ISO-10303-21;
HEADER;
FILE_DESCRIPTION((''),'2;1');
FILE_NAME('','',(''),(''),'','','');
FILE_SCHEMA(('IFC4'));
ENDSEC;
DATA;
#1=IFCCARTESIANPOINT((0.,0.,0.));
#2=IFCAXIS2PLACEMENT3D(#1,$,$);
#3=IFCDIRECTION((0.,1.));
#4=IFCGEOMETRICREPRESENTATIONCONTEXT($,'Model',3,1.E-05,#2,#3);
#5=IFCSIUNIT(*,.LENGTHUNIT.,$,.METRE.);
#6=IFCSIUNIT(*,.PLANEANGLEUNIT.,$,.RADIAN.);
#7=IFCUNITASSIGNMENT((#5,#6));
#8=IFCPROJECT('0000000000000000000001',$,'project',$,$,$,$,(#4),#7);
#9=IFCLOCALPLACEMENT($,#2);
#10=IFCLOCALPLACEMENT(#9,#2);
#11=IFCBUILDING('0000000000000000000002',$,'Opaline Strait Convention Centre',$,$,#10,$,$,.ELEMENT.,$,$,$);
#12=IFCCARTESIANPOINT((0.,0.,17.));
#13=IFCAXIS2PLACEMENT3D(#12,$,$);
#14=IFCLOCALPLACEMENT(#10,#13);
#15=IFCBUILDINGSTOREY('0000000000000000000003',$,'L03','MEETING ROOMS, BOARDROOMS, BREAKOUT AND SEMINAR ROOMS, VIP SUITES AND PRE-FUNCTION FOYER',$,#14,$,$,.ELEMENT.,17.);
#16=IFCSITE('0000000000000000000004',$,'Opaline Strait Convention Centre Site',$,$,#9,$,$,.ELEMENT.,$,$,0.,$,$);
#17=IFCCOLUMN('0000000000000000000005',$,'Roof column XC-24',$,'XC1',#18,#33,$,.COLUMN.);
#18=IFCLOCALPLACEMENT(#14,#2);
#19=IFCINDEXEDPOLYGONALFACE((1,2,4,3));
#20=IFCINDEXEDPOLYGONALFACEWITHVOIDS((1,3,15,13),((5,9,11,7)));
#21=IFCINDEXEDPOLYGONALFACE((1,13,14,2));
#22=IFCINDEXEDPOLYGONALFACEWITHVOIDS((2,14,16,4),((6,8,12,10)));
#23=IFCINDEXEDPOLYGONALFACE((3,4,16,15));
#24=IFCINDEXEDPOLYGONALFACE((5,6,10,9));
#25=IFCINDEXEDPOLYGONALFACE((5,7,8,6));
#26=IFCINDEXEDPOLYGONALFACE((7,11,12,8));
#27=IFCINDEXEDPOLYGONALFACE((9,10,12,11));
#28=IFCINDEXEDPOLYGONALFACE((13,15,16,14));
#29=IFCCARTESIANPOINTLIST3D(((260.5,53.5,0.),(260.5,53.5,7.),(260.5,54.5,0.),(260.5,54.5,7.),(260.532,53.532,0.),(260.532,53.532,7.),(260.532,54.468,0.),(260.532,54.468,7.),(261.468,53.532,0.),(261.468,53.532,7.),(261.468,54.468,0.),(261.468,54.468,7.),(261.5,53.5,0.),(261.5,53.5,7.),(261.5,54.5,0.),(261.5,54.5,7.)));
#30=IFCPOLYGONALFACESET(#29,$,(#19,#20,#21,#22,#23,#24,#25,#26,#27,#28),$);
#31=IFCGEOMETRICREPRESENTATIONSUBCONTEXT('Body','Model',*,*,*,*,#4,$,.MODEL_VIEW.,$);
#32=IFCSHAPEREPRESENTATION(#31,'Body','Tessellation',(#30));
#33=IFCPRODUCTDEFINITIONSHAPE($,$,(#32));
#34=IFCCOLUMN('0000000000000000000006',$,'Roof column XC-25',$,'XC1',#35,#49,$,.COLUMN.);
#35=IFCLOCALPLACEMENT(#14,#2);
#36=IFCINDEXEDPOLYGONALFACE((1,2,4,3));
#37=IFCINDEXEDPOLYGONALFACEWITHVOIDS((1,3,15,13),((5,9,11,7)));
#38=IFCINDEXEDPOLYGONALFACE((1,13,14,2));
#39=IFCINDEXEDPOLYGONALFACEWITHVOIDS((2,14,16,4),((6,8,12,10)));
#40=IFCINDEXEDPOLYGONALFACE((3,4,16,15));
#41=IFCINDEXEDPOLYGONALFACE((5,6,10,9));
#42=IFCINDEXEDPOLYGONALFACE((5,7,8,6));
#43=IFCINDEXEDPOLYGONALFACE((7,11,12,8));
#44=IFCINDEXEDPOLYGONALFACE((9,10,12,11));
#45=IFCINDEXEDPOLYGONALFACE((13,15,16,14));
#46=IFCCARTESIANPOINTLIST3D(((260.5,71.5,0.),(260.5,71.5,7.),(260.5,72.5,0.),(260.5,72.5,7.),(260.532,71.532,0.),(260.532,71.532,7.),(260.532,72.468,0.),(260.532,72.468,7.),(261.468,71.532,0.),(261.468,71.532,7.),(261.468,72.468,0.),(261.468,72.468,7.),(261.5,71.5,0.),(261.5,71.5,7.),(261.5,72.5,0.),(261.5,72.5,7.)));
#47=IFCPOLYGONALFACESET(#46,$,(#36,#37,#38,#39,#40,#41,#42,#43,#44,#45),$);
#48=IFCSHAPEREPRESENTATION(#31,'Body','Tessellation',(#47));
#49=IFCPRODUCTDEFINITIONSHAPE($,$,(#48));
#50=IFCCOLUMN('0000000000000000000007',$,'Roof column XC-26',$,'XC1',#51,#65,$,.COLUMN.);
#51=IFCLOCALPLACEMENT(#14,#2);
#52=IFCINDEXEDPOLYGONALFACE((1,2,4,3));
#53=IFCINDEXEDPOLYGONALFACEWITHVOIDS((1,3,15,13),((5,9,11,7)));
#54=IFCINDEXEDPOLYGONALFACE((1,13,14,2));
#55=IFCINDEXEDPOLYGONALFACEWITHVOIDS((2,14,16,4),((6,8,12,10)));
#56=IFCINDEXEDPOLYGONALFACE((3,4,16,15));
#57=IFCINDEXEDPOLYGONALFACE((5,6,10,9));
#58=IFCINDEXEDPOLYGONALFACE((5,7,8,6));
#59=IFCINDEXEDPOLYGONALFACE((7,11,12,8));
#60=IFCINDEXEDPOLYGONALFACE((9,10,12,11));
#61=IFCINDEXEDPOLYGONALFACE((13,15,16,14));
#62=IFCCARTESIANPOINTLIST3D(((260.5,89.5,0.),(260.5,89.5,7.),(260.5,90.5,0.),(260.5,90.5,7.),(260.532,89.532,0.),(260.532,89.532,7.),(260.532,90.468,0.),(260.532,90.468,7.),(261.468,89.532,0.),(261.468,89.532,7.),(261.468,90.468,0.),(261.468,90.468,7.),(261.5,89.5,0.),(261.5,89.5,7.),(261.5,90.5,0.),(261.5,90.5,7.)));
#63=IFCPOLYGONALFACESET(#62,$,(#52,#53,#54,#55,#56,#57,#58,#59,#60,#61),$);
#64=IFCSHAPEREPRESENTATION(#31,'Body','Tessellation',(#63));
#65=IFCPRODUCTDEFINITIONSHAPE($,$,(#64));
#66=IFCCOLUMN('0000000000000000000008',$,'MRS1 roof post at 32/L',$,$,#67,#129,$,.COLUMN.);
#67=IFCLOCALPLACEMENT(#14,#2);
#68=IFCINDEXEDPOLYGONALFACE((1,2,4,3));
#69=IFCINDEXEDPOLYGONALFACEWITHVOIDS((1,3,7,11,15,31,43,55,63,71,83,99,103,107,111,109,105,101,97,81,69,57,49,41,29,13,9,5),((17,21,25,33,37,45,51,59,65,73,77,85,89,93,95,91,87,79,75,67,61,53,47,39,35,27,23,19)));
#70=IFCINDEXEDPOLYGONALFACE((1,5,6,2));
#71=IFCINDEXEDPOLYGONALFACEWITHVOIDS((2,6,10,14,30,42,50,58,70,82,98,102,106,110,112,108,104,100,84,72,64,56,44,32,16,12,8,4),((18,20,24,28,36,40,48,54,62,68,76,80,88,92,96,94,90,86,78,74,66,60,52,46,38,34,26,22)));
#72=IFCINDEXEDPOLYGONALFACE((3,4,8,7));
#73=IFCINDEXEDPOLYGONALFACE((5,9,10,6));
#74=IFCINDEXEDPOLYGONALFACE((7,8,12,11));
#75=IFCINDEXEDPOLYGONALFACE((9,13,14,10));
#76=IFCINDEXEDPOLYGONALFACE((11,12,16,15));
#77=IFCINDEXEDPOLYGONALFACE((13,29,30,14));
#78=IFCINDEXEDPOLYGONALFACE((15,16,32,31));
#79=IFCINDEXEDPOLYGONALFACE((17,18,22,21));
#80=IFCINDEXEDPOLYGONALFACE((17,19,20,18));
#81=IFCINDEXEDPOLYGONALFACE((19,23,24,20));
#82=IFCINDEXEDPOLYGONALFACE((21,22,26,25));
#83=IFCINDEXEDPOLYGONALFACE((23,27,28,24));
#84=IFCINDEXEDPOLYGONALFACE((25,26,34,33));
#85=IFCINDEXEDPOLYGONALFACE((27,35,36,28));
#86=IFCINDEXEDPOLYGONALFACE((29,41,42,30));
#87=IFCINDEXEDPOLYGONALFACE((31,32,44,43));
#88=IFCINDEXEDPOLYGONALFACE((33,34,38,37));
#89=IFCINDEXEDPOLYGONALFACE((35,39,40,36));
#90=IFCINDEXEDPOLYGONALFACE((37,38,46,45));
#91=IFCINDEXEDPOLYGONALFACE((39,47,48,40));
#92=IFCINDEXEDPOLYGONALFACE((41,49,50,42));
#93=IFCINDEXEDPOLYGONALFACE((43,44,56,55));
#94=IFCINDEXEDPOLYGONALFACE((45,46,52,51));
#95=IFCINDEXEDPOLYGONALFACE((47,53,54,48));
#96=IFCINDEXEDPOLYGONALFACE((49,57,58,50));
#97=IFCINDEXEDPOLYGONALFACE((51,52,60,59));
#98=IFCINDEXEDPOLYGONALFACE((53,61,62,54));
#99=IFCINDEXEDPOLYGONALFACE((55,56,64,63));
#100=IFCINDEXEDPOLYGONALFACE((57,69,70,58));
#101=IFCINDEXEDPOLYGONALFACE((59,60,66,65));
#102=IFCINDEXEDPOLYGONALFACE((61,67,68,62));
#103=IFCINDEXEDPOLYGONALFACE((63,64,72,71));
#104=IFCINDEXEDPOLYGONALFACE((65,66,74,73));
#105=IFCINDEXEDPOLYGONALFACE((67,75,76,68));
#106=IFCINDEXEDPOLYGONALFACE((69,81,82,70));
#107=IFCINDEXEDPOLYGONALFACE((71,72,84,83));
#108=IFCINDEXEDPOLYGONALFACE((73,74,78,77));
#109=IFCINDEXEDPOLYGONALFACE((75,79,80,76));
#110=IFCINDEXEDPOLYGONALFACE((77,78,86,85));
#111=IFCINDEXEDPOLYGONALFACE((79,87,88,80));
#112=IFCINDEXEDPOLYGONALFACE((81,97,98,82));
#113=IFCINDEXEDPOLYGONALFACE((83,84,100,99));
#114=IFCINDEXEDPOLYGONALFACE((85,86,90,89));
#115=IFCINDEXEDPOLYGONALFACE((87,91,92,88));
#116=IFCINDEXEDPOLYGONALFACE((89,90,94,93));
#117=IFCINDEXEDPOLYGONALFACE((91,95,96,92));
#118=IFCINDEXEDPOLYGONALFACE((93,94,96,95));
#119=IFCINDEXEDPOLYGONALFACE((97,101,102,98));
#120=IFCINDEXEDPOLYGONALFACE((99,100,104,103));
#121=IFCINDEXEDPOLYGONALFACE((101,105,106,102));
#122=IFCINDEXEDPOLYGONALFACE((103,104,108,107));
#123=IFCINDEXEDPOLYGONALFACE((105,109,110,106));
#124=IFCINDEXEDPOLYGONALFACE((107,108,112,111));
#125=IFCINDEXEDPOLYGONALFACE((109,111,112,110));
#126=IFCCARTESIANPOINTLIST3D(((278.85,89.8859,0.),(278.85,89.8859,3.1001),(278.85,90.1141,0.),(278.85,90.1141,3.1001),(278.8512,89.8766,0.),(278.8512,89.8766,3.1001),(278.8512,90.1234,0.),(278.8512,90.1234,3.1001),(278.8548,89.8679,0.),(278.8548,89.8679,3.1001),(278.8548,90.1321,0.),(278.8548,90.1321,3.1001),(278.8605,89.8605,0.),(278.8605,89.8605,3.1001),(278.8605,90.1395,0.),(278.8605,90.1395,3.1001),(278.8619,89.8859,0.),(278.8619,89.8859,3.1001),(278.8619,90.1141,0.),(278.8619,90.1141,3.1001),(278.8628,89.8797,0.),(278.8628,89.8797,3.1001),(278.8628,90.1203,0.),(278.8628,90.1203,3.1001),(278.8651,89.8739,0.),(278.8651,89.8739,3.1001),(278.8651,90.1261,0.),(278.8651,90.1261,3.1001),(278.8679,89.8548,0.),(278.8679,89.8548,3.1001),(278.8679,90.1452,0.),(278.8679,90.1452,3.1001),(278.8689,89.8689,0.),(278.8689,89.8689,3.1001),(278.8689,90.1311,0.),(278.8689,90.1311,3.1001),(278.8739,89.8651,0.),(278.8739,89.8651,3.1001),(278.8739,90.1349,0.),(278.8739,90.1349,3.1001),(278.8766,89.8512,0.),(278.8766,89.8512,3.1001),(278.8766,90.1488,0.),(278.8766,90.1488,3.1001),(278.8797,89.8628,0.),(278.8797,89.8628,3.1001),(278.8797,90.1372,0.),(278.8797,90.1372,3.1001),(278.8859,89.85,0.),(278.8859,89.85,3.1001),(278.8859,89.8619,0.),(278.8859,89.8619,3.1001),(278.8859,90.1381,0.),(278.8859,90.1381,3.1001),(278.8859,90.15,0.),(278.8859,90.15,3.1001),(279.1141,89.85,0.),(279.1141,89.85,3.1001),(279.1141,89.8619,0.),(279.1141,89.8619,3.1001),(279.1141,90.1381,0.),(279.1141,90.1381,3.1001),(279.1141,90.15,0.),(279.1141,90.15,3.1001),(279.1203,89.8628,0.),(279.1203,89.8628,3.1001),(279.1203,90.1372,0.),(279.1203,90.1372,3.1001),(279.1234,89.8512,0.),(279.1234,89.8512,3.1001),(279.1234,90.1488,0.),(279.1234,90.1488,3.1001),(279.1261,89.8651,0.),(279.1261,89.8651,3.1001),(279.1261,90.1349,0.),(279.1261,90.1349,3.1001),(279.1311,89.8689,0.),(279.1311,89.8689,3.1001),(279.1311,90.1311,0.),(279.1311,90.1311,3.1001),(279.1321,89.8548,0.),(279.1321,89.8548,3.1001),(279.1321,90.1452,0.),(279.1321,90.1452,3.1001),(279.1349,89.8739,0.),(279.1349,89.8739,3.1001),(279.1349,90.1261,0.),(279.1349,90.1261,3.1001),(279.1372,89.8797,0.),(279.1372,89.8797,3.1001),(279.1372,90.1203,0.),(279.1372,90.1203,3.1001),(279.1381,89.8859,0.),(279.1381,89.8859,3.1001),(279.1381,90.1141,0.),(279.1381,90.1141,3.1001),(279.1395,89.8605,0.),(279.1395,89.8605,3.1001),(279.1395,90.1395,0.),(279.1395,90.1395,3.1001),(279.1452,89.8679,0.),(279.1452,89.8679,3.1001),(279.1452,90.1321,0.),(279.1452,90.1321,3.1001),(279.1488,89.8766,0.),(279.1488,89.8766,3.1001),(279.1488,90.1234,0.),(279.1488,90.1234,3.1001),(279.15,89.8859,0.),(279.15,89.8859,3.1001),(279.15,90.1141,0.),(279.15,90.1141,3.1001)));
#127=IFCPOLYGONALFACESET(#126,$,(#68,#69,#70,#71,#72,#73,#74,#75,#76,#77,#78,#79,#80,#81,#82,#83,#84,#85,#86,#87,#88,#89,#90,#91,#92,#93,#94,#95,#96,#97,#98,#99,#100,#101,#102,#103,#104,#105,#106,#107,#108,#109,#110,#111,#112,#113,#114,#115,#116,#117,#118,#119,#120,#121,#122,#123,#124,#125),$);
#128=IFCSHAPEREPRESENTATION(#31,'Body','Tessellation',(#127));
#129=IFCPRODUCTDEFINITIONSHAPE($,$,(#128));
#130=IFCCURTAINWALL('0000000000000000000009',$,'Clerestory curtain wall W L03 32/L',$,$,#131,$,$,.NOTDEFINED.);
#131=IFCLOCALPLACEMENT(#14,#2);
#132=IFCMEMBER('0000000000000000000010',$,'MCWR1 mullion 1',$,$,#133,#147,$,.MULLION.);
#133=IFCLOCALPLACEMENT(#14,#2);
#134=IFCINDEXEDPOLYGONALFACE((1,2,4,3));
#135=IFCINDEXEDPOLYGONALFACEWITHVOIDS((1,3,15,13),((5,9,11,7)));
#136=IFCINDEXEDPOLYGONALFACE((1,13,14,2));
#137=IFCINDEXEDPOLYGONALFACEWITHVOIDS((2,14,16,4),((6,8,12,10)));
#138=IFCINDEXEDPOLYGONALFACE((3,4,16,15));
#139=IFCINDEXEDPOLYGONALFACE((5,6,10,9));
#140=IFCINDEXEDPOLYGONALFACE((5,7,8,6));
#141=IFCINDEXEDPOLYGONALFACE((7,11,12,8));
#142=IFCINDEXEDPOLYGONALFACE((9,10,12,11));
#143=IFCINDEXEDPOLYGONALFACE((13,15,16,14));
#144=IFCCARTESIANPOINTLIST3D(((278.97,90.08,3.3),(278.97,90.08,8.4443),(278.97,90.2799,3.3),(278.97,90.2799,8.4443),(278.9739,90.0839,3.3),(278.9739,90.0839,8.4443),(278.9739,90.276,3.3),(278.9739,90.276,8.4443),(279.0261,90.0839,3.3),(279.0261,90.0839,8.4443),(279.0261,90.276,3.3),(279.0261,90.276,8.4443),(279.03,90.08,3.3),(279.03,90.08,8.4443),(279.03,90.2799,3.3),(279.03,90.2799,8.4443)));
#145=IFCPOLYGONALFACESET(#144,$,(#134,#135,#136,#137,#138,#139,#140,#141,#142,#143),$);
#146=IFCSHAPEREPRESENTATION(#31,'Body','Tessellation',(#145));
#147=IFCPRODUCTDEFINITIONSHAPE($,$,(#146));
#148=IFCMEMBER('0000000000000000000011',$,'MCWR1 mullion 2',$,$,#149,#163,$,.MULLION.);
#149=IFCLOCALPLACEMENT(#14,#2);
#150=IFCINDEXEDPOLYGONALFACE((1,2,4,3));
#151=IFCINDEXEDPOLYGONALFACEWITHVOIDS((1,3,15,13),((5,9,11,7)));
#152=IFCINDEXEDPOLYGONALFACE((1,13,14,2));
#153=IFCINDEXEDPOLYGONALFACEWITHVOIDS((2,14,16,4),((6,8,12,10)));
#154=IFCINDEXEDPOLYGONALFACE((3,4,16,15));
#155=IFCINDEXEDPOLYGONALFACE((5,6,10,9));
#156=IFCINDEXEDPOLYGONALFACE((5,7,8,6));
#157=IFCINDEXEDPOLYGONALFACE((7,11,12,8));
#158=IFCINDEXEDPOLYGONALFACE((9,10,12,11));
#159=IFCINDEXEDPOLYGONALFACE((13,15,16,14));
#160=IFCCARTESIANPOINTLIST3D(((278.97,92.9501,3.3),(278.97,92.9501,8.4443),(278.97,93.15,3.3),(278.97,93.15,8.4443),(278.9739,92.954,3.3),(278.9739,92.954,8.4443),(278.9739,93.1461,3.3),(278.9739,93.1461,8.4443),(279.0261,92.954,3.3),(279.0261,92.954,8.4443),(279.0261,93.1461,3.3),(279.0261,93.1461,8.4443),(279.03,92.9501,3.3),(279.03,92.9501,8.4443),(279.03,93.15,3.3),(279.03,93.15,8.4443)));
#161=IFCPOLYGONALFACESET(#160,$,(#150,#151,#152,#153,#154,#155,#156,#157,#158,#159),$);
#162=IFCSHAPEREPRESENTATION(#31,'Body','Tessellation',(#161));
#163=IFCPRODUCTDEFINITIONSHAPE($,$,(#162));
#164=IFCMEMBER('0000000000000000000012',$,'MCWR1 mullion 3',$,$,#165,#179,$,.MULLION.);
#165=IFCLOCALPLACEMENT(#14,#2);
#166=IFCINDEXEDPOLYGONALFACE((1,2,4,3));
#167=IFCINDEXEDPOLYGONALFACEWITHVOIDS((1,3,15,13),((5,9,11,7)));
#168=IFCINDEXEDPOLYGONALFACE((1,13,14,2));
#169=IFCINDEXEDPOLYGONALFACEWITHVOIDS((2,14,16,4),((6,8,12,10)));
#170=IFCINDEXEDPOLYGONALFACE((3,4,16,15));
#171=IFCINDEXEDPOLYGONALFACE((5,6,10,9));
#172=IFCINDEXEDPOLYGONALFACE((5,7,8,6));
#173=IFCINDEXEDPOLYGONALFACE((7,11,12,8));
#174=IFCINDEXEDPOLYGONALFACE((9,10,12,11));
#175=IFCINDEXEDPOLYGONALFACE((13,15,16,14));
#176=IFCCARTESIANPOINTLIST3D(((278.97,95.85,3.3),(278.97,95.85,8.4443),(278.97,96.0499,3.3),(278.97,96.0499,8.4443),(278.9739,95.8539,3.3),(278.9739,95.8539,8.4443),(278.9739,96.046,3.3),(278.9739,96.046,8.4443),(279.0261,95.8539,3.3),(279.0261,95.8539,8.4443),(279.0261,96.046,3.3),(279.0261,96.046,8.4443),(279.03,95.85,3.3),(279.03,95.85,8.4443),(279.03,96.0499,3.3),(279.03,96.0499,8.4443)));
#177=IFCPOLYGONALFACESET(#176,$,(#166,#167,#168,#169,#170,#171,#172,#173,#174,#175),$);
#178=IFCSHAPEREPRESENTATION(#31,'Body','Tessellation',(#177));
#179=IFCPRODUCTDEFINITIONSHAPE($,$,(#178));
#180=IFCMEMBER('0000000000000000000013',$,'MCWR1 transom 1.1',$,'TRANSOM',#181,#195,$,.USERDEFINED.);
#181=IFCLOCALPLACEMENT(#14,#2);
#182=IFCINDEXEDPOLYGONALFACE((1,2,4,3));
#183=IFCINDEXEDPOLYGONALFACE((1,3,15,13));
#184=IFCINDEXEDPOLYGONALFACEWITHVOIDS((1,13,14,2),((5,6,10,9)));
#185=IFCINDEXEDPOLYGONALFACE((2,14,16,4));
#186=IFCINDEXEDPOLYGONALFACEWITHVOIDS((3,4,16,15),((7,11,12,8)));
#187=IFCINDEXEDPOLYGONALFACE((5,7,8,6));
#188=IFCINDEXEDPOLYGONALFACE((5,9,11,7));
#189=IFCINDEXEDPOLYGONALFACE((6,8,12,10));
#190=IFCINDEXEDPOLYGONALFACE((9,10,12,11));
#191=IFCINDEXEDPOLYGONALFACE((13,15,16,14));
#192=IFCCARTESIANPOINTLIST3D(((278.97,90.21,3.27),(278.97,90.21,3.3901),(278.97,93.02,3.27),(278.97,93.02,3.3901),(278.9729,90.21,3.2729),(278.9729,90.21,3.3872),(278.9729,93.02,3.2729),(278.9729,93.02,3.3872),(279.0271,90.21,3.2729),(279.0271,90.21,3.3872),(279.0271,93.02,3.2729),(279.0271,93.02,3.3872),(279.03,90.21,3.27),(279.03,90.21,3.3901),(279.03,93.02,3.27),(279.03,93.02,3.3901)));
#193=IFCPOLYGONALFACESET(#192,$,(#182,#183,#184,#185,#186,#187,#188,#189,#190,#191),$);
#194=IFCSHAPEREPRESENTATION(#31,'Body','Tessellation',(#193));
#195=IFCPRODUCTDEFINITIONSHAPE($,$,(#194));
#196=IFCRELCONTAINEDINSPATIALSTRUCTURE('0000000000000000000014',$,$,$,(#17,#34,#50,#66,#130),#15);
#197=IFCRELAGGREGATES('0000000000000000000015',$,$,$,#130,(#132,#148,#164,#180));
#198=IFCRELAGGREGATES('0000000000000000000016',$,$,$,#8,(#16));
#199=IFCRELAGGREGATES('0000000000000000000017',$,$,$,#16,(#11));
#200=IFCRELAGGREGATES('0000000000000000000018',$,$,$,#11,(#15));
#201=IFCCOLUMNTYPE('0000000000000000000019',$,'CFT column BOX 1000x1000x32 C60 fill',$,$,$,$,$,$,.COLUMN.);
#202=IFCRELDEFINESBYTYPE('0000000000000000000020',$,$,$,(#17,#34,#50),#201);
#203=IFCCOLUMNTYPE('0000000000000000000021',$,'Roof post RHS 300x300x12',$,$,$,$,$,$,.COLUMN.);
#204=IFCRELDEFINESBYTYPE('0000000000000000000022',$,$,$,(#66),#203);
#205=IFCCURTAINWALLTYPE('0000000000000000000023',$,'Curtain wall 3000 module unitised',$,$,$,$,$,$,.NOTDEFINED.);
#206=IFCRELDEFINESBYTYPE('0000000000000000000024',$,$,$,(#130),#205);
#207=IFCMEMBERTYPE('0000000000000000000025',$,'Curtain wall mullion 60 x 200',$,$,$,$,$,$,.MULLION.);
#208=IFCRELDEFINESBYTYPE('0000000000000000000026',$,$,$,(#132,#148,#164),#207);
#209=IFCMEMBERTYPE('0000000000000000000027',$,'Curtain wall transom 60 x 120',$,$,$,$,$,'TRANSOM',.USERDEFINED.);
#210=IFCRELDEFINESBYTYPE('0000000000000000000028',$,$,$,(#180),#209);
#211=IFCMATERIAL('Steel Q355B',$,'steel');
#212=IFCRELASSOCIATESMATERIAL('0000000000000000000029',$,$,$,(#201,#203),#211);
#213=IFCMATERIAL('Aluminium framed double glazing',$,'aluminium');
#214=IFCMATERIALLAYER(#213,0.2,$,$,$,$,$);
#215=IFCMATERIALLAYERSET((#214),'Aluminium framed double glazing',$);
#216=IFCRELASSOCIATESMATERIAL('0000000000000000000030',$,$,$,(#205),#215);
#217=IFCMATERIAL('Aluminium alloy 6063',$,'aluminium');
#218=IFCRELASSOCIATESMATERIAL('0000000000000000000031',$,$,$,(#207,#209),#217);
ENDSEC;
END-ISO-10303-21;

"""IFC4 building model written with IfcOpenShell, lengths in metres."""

from ifc_helpers import new_model, si_unit, direction, frame, origin, origin_2d, place, context, subcontext, project, spatial, hollow_rectangle, extrude, material, layer, layer_set, material_profile, profile_set, type_object, element, aggregate, save


model = new_model("IFC4")

# Units and contexts
model_context = context("Model", 3, precision=1e-05, world=origin(), true_north=direction((0.0, 1.0)))
body_context = subcontext(model_context, "Body", "Model", "MODEL_VIEW")
ifc_project = project(units=[si_unit("LENGTHUNIT", "METRE"), si_unit("PLANEANGLEUNIT", "RADIAN")], contexts=[model_context])

# Site, building, storey
site_placement = place(None, origin())
site = spatial("IfcSite", under=ifc_project, at=site_placement, Name="Opaline Strait Convention Centre Site", CompositionType="ELEMENT", RefElevation=0.0)
building_placement = place(site_placement, origin())
building = spatial("IfcBuilding", under=site, at=building_placement, Name="Opaline Strait Convention Centre", CompositionType="ELEMENT")
storey_placement = place(building_placement, frame((0.0, 0.0, 17.0)))
storey = spatial("IfcBuildingStorey", under=building, at=storey_placement, Name="L03", Description="MEETING ROOMS, BOARDROOMS, BREAKOUT AND SEMINAR ROOMS, VIP SUITES AND PRE-FUNCTION FOYER", CompositionType="ELEMENT", Elevation=17.0)

# Columns
ifc_material_1 = material(Name="Steel Q355B", Category="steel")
ifc_material_profile_1 = material_profile(ifc_material_1, hollow_rectangle(XDim=1.0, YDim=1.0, WallThickness=0.032, at=origin_2d()), Name="BOX 1000x1000x32")
ifc_profile_set_1 = profile_set([ifc_material_profile_1], Name="Steel Q355B")
column_type_1 = type_object("IfcColumnType", Name="CFT column BOX 1000x1000x32 C60 fill", PredefinedType="COLUMN", material=ifc_profile_set_1)
for number, where, z_axis, x_axis, name in (
    (1, (261.0, 54.0, 0.0), (0.0, 0.0, 1.0), (1.0, 0.0, 0.0), "Roof column XC-24"),
    (2, (261.0, 72.0, 0.0), (0.0, 0.0, 1.0), (1.0, 0.0, 0.0), "Roof column XC-25"),
    (3, (261.0, 90.0, 0.0), (0.0, 0.0, 1.0), (1.0, 0.0, 0.0), "Roof column XC-26"),
):
    element("IfcColumn", number, at=place(storey_placement, frame(where, z_axis=z_axis, x_axis=x_axis)), inside=storey, type_object=column_type_1, Name=name, ObjectType="XC1", PredefinedType="COLUMN", context=body_context, shape_type="SweptSolid", body=[
        extrude(hollow_rectangle(XDim=1.0, YDim=1.0, WallThickness=0.032, at=origin_2d()), origin(), (0.0, 0.0, 1.0), 7.0),
    ])
ifc_material_profile_2 = material_profile(ifc_material_1, hollow_rectangle(XDim=0.3, YDim=0.3, WallThickness=0.012, InnerFilletRadius=0.0239, OuterFilletRadius=0.0359, at=origin_2d()), Name="RHS 300x300x12")
ifc_profile_set_2 = profile_set([ifc_material_profile_2], Name="Steel Q355B")
column_type_2 = type_object("IfcColumnType", Name="Roof post RHS 300x300x12", PredefinedType="COLUMN", material=ifc_profile_set_2)
column_placement = place(storey_placement, frame((279.0, 90.0, 0.0), z_axis=(0.0, 0.0, 1.0), x_axis=(1.0, 0.0, 0.0)))
element("IfcColumn", 4, at=column_placement, inside=storey, type_object=column_type_2, Name="MRS1 roof post at 32/L", PredefinedType="COLUMN", context=body_context, shape_type="SweptSolid", body=[
    extrude(hollow_rectangle(XDim=0.3, YDim=0.3, WallThickness=0.012, InnerFilletRadius=0.0239, OuterFilletRadius=0.0359, at=origin_2d()), origin(), (0.0, 0.0, 1.0), 3.1001),
])

# Curtain wall, members
ifc_material_2 = material(Name="Aluminium framed double glazing", Category="aluminium")
ifc_layer_1 = layer(ifc_material_2, 0.2)
ifc_layer_set_1 = layer_set([ifc_layer_1], Name="Aluminium framed double glazing")
curtain_wall_type = type_object("IfcCurtainWallType", Name="Curtain wall 3000 module unitised", PredefinedType="NOTDEFINED", material=ifc_layer_set_1)
curtain_wall_placement = place(storey_placement, origin())
curtain_wall = element("IfcCurtainWall", 5, at=curtain_wall_placement, inside=storey, type_object=curtain_wall_type, Name="Clerestory curtain wall W L03 32/L", PredefinedType="NOTDEFINED")
ifc_material_3 = material(Name="Aluminium alloy 6063", Category="aluminium")
ifc_material_profile_3 = material_profile(ifc_material_3, hollow_rectangle(XDim=0.0601, YDim=0.2, WallThickness=0.0039, at=origin_2d()), Name="MULLION 60x200x4")
ifc_profile_set_3 = profile_set([ifc_material_profile_3], Name="Aluminium alloy 6063")
member_type_1 = type_object("IfcMemberType", Name="Curtain wall mullion 60 x 200", PredefinedType="MULLION", material=ifc_profile_set_3)
member_1_placement = place(storey_placement, frame((279.0, 90.1799, 3.3), z_axis=(0.0, 0.0, 1.0), x_axis=(-1.0, 0.0, 0.0)))
member_1 = element("IfcMember", 6, at=member_1_placement, type_object=member_type_1, Name="MCWR1 mullion 1", PredefinedType="MULLION", context=body_context, shape_type="SweptSolid", body=[
    extrude(hollow_rectangle(XDim=0.0601, YDim=0.2, WallThickness=0.0039, at=origin_2d()), origin(), (0.0, 0.0, 1.0), 5.1443),
])
member_2_placement = place(storey_placement, frame((279.0, 93.05, 3.3), z_axis=(0.0, 0.0, 1.0), x_axis=(-1.0, 0.0, 0.0)))
member_2 = element("IfcMember", 7, at=member_2_placement, type_object=member_type_1, Name="MCWR1 mullion 2", PredefinedType="MULLION", context=body_context, shape_type="SweptSolid", body=[
    extrude(hollow_rectangle(XDim=0.0601, YDim=0.2, WallThickness=0.0039, at=origin_2d()), origin(), (0.0, 0.0, 1.0), 5.1443),
])
member_3_placement = place(storey_placement, frame((279.0, 95.95, 3.3), z_axis=(0.0, 0.0, 1.0), x_axis=(-1.0, 0.0, 0.0)))
member_3 = element("IfcMember", 8, at=member_3_placement, type_object=member_type_1, Name="MCWR1 mullion 3", PredefinedType="MULLION", context=body_context, shape_type="SweptSolid", body=[
    extrude(hollow_rectangle(XDim=0.0601, YDim=0.2, WallThickness=0.0039, at=origin_2d()), origin(), (0.0, 0.0, 1.0), 5.1443),
])
ifc_material_profile_4 = material_profile(ifc_material_3, hollow_rectangle(XDim=0.0601, YDim=0.1201, WallThickness=0.0029, at=origin_2d()), Name="TRANSOM 60x120x3")
ifc_profile_set_4 = profile_set([ifc_material_profile_4], Name="Aluminium alloy 6063")
member_type_2 = type_object("IfcMemberType", Name="Curtain wall transom 60 x 120", ElementType="TRANSOM", PredefinedType="USERDEFINED", material=ifc_profile_set_4)
member_4_placement = place(storey_placement, frame((279.0, 90.21, 3.3301), z_axis=(0.0, 1.0, 0.0), x_axis=(-1.0, 0.0, 0.0)))
member_4 = element("IfcMember", 9, at=member_4_placement, type_object=member_type_2, Name="MCWR1 transom 1.1", ObjectType="TRANSOM", PredefinedType="USERDEFINED", context=body_context, shape_type="SweptSolid", body=[
    extrude(hollow_rectangle(XDim=0.0601, YDim=0.1201, WallThickness=0.0029, at=origin_2d()), origin(), (0.0, 0.0, 1.0), 2.8101),
])

aggregate(curtain_wall, [member_1, member_2, member_3, member_4])

save(model, "model.ifc")
